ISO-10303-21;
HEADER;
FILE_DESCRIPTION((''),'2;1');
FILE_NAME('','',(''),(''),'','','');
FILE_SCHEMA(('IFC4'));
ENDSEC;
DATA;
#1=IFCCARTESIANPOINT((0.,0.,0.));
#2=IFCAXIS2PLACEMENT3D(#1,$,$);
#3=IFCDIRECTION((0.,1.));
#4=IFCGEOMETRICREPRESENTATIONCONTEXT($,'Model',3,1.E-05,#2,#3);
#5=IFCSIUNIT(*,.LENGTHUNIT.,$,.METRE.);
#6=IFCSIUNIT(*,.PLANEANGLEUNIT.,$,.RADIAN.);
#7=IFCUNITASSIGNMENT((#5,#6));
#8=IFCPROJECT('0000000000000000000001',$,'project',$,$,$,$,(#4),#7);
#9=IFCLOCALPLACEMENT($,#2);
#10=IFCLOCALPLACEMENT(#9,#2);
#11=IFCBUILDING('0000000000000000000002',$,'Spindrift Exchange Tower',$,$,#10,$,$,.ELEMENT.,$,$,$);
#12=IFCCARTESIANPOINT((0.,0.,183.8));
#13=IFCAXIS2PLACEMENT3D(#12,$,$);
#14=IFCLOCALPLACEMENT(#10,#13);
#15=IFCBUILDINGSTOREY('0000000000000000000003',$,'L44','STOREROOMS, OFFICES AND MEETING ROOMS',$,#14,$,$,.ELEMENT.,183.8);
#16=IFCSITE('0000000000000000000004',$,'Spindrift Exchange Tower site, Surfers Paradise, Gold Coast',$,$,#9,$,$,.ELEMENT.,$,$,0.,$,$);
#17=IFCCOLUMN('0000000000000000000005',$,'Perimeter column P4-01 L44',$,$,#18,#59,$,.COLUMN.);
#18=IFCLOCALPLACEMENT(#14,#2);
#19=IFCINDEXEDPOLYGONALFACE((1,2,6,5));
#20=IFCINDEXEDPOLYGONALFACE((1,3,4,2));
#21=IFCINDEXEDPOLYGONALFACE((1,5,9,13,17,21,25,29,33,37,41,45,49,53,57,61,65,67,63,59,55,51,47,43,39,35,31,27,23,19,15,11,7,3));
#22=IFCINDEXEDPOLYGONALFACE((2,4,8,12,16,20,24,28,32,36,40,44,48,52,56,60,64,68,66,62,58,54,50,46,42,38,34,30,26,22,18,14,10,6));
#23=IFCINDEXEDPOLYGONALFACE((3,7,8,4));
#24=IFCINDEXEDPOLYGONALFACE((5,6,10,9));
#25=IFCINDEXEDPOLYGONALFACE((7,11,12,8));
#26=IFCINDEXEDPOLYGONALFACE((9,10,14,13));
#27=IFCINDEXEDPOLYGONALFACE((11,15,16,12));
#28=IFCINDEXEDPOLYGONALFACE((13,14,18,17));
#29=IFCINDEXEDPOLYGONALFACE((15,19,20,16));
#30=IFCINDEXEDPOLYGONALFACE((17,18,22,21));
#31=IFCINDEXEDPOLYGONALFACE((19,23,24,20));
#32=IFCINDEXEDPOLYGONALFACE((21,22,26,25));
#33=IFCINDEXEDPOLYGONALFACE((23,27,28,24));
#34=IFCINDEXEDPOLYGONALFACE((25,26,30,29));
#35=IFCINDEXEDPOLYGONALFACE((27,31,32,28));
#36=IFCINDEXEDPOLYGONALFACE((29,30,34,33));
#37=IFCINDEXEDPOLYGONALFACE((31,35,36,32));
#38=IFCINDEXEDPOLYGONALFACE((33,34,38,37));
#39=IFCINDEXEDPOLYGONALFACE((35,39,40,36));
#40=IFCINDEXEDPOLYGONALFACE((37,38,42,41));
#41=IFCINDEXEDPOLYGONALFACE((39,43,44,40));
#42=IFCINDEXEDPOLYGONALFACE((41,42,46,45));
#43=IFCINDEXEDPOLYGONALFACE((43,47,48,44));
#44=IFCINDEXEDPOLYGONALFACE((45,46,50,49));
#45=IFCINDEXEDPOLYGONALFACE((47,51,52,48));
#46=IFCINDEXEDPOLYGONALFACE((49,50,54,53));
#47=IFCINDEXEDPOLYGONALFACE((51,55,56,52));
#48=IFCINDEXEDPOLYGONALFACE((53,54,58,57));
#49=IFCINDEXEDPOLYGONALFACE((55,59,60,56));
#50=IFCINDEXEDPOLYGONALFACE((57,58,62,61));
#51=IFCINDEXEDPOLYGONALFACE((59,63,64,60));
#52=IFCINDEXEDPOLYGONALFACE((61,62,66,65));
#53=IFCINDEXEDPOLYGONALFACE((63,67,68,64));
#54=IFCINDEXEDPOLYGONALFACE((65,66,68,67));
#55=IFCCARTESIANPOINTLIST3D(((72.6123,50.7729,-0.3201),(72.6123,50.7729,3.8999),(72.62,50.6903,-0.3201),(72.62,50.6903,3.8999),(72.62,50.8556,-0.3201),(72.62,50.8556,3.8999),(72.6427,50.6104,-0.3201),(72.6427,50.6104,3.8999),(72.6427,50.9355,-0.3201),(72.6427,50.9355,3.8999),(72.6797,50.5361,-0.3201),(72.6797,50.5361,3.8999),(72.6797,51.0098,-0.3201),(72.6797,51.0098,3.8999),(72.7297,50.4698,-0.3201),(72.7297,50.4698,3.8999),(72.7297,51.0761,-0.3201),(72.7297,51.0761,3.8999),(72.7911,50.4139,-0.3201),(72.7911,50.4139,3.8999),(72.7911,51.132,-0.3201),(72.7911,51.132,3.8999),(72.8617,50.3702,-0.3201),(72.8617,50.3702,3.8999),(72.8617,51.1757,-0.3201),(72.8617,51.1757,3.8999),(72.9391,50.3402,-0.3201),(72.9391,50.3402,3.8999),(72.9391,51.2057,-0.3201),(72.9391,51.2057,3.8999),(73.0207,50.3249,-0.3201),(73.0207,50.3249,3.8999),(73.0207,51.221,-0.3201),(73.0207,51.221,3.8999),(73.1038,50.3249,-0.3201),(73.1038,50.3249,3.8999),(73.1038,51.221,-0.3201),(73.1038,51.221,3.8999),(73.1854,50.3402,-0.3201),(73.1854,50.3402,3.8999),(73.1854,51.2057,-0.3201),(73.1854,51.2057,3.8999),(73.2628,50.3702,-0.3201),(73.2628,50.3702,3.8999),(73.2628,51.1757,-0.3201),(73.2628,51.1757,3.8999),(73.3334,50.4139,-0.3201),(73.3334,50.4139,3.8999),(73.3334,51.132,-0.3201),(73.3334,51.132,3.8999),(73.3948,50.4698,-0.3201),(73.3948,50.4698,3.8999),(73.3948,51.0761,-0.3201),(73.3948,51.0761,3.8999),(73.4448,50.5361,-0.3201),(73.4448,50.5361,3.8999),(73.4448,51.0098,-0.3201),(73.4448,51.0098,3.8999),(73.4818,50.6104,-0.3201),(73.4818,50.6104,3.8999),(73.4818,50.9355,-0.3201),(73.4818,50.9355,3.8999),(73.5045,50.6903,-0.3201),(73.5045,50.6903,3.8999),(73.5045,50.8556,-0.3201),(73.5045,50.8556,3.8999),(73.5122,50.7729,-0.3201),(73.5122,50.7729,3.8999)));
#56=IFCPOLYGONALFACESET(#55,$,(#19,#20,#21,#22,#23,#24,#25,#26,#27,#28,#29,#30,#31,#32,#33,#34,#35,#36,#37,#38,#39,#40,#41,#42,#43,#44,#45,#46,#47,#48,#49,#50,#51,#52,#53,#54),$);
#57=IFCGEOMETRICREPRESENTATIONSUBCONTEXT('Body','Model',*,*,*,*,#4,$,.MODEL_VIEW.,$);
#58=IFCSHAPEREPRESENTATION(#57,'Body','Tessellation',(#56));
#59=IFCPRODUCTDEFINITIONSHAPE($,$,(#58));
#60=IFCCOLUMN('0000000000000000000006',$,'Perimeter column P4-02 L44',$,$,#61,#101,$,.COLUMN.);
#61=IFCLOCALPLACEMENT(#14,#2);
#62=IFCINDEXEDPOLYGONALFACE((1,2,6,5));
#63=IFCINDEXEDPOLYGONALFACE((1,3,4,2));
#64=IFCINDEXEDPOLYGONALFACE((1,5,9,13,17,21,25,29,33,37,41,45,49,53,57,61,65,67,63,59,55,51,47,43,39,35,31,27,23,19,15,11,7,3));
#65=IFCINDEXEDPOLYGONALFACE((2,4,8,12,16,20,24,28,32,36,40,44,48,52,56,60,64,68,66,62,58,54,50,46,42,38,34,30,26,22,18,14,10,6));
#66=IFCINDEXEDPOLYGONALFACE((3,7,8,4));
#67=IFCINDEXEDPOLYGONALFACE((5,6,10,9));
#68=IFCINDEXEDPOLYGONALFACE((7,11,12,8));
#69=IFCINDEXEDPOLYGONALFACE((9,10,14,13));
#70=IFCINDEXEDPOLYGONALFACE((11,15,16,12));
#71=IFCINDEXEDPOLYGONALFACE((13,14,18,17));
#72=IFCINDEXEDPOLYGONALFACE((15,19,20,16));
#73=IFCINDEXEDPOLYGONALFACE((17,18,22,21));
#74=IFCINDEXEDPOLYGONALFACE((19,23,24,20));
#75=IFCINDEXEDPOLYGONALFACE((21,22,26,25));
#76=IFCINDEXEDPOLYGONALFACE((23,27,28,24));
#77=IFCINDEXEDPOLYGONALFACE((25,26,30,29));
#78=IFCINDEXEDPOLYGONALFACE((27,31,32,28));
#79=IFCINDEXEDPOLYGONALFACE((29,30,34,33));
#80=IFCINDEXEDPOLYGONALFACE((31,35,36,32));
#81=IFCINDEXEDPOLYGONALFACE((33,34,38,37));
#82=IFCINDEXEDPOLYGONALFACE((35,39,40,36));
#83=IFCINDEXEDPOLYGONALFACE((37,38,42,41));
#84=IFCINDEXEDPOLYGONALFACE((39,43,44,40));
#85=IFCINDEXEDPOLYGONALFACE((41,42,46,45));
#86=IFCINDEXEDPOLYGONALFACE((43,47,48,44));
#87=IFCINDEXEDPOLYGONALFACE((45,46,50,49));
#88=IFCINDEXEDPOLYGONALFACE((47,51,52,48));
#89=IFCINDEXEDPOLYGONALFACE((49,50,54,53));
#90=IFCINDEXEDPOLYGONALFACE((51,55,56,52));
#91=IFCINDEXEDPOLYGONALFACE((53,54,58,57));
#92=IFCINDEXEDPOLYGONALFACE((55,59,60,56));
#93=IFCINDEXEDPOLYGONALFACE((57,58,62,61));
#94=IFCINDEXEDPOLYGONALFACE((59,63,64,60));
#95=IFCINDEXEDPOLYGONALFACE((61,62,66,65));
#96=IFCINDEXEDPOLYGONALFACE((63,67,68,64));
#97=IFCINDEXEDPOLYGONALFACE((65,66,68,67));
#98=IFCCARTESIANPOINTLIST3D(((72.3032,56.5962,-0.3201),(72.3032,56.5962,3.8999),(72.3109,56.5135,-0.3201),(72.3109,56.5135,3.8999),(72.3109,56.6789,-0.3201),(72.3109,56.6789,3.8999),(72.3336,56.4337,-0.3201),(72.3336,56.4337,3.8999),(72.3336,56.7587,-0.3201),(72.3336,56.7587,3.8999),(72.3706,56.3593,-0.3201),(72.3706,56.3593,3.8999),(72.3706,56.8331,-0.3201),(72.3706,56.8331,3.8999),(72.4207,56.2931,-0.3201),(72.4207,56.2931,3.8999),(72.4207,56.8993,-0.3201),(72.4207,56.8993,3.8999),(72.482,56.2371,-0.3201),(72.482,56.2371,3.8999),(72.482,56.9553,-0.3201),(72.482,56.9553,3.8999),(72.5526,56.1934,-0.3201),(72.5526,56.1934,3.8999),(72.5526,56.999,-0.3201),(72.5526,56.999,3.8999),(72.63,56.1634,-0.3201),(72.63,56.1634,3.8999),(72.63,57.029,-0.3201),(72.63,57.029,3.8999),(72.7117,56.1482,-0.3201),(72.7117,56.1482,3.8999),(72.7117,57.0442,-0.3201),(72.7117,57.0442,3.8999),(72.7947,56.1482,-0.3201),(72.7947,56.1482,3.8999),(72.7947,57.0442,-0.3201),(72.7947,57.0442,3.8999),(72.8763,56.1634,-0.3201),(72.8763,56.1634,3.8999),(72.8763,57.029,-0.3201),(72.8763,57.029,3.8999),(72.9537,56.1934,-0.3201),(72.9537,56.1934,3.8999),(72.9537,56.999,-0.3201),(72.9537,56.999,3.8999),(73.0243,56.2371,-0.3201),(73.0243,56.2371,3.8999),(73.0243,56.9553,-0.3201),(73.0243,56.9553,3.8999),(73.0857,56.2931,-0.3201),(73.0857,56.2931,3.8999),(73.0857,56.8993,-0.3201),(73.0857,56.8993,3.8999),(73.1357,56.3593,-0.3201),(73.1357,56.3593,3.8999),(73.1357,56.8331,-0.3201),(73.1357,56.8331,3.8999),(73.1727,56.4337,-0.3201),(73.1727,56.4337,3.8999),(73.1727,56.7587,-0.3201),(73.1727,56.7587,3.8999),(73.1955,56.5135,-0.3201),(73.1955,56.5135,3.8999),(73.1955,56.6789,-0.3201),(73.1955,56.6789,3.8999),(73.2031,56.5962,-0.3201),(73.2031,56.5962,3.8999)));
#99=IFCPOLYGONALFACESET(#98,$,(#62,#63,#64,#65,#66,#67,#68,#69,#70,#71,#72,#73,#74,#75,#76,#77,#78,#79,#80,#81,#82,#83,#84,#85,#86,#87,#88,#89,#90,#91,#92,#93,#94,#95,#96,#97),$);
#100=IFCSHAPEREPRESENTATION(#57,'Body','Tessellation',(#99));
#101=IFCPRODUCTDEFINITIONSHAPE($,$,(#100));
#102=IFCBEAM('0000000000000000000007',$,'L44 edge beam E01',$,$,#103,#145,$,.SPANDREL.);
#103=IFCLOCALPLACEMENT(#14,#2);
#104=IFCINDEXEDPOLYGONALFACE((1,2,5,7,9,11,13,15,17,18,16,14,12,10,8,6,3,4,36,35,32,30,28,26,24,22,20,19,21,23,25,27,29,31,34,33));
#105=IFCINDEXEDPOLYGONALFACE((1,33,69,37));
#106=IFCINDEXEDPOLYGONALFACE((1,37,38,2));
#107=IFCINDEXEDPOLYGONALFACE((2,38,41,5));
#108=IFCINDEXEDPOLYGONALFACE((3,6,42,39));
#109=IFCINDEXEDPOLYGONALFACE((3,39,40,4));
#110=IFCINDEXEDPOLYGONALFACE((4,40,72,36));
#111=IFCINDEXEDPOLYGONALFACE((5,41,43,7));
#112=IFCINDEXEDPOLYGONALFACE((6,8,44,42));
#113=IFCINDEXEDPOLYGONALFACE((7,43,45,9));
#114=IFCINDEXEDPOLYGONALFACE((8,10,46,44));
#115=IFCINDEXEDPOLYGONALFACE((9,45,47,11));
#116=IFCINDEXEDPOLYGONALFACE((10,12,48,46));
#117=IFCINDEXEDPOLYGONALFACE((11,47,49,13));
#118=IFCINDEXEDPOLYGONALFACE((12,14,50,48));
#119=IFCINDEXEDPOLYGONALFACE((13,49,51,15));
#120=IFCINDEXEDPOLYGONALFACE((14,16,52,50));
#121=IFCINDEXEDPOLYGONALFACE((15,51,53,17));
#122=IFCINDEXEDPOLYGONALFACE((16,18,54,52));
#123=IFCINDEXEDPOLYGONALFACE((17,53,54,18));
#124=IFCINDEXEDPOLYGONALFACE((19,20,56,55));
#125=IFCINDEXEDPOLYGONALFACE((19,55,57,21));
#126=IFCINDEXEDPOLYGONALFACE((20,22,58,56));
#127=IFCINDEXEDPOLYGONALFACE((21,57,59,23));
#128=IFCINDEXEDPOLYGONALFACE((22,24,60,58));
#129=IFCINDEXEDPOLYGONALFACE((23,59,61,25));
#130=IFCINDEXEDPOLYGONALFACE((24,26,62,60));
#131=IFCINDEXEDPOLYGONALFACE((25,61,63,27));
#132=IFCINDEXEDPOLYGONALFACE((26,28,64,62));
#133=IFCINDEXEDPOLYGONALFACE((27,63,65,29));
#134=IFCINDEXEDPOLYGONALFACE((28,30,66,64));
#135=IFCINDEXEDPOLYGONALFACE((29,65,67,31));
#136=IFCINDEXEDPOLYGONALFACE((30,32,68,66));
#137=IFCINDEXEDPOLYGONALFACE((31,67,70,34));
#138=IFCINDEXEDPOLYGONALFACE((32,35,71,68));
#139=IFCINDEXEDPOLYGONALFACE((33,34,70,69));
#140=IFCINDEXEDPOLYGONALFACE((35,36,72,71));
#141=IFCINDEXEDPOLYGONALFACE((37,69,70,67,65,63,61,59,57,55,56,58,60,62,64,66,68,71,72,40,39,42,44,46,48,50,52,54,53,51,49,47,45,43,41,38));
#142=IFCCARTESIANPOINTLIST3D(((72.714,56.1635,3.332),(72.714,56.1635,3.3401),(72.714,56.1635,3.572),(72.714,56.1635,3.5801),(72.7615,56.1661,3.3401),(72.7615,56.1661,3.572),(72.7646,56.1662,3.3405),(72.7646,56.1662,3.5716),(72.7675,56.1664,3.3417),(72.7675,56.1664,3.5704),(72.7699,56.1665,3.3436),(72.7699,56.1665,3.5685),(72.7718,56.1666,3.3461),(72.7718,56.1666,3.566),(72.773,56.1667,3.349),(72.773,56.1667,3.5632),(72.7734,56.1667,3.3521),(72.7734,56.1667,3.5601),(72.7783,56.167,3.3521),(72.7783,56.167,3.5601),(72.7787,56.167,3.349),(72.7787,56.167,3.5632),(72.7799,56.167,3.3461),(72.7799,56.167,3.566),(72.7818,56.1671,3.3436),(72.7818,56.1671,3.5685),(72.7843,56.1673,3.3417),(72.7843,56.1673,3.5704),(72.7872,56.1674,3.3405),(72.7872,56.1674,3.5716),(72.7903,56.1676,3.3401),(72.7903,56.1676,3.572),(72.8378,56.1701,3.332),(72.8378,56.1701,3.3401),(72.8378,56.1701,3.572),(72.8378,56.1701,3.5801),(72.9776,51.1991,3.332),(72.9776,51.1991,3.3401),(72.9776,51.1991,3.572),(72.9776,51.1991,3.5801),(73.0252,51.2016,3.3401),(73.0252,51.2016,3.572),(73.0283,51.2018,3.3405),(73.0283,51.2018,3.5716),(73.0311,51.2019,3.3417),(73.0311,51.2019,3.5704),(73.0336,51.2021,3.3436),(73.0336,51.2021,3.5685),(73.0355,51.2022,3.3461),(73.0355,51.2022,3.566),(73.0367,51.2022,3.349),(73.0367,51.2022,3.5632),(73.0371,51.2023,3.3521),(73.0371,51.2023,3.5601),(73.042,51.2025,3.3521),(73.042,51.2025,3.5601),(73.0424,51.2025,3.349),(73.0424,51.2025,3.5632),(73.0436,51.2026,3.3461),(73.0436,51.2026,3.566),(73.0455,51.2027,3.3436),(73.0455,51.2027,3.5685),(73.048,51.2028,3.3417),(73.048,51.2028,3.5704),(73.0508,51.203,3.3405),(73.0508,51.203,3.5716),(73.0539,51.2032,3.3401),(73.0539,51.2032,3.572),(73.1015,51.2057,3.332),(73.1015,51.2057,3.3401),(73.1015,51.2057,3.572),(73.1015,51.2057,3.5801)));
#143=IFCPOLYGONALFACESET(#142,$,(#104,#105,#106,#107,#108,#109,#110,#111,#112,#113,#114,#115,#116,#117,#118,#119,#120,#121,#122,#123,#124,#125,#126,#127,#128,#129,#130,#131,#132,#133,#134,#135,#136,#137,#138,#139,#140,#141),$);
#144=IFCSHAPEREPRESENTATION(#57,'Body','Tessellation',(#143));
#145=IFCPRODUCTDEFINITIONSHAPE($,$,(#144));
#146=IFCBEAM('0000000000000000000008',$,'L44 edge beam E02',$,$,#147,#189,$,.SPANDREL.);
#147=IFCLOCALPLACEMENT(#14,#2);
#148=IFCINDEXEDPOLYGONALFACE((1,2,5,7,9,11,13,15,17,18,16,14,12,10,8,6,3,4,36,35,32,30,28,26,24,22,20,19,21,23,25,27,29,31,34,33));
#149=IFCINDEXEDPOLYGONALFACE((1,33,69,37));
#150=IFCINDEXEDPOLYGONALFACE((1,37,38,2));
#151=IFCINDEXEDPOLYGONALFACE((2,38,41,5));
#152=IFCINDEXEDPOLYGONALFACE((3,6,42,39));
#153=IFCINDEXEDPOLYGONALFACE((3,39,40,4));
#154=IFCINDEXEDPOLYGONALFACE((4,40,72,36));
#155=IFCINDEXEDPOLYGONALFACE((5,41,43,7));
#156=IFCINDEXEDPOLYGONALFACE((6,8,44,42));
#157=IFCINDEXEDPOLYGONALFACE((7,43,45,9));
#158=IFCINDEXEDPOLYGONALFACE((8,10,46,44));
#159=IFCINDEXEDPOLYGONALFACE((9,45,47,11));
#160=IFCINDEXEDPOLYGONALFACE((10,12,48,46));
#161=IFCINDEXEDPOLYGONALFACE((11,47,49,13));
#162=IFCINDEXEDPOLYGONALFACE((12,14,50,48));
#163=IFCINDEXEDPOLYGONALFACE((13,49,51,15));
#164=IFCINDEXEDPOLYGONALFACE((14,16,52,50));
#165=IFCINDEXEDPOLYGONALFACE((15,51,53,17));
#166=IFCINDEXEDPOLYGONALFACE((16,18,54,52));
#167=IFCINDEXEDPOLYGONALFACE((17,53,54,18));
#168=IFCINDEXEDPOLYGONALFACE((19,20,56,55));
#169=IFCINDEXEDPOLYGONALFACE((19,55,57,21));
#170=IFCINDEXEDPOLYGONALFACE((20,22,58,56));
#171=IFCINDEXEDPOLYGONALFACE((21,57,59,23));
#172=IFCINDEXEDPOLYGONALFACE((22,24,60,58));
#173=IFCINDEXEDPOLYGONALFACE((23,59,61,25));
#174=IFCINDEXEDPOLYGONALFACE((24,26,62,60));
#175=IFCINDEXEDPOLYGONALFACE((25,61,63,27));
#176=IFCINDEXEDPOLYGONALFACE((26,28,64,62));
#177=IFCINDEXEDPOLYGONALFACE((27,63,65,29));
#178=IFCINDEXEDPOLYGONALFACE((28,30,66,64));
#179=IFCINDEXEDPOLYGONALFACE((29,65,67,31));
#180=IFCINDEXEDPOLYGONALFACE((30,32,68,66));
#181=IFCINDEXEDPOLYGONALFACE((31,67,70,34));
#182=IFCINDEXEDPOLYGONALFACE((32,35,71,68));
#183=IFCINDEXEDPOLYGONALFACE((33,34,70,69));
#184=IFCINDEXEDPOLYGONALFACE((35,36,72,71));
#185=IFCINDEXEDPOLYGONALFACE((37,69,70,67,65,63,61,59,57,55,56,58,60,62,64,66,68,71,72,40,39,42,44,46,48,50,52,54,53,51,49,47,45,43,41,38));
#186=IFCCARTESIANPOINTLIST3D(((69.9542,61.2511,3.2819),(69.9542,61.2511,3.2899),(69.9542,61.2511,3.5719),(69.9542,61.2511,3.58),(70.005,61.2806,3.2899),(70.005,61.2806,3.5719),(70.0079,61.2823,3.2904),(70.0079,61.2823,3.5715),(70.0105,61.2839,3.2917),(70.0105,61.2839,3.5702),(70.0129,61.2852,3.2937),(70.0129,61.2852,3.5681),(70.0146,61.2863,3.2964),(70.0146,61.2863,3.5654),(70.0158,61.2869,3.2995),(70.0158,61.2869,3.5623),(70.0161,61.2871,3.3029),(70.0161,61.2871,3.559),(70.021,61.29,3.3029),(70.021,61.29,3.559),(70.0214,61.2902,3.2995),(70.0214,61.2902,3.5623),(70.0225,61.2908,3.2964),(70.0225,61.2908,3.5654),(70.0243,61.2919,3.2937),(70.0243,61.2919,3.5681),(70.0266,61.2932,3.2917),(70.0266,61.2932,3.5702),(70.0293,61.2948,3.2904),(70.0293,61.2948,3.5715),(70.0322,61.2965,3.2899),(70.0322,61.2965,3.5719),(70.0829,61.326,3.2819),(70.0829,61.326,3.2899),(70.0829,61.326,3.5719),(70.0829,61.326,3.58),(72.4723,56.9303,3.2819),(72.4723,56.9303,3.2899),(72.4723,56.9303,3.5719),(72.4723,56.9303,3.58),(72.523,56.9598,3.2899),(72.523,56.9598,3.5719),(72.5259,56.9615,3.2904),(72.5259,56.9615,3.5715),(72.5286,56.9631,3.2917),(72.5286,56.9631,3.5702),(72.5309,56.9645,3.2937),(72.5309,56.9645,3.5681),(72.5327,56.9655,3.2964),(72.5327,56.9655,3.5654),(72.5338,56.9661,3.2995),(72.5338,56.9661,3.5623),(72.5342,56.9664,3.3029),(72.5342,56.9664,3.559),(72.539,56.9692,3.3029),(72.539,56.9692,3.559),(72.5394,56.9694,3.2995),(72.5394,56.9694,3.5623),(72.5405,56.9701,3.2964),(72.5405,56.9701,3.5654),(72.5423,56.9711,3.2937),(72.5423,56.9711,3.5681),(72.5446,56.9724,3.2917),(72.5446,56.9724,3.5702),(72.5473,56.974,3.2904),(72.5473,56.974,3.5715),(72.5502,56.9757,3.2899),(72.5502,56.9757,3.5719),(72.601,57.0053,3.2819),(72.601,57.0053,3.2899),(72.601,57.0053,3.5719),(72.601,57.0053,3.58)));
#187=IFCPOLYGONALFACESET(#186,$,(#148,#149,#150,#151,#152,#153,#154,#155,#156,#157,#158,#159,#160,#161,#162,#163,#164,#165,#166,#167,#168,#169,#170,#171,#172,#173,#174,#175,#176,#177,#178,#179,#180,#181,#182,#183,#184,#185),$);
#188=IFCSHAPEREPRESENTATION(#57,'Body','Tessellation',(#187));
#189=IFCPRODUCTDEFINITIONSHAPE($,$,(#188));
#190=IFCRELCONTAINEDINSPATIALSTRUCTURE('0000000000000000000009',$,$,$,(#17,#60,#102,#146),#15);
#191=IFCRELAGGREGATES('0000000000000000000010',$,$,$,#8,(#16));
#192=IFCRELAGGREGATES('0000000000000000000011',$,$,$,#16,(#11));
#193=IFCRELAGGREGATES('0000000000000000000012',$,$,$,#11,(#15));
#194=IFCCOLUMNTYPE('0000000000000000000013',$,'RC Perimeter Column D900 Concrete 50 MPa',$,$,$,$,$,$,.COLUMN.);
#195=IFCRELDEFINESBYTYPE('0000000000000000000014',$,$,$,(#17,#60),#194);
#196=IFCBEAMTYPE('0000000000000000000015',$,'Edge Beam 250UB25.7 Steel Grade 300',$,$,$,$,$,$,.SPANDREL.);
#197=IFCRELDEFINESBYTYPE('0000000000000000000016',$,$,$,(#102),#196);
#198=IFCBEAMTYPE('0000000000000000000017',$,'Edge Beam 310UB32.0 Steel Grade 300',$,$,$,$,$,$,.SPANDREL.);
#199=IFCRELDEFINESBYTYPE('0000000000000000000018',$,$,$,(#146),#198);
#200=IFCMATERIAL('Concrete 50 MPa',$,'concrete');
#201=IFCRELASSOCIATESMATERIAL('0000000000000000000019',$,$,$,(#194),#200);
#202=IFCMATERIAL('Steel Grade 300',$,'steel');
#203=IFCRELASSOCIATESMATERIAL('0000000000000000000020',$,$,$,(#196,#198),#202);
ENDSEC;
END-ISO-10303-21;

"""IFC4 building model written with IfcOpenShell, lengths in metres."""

from ifc_helpers import new_model, si_unit, direction, frame, origin, origin_2d, place, context, subcontext, project, spatial, circle, i_section, extrude, source, transform, mapped, material, material_profile, profile_set, type_object, element, save


model = new_model("IFC4")

# Units and contexts
model_context = context("Model", 3, precision=1e-05, world=origin(), true_north=direction((0.0, 1.0)))
body_context = subcontext(model_context, "Body", "Model", "MODEL_VIEW")
ifc_project = project(units=[si_unit("LENGTHUNIT", "METRE"), si_unit("PLANEANGLEUNIT", "RADIAN")], contexts=[model_context])

# Site, building, storey
site_placement = place(None, origin())
site = spatial("IfcSite", under=ifc_project, at=site_placement, Name="Spindrift Exchange Tower site, Surfers Paradise, Gold Coast", CompositionType="ELEMENT", RefElevation=0.0)
building_placement = place(site_placement, origin())
building = spatial("IfcBuilding", under=site, at=building_placement, Name="Spindrift Exchange Tower", CompositionType="ELEMENT")
storey_placement = place(building_placement, frame((0.0, 0.0, 183.8)))
storey = spatial("IfcBuildingStorey", under=building, at=storey_placement, Name="L44", Description="STOREROOMS, OFFICES AND MEETING ROOMS", CompositionType="ELEMENT", Elevation=183.8)

# Columns
ifc_material_1 = material(Name="Concrete 50 MPa", Category="concrete")
ifc_material_profile_1 = material_profile(ifc_material_1, circle(Radius=0.45, at=origin_2d()), Name="RC D900")
ifc_profile_set_1 = profile_set([ifc_material_profile_1], Name="Concrete 50 MPa")
column_type = type_object("IfcColumnType", Name="RC Perimeter Column D900 Concrete 50 MPa", PredefinedType="COLUMN", material=ifc_profile_set_1)
shared_shape_1 = source(origin(), body_context, "Body", "SweptSolid", [
    extrude(circle(Radius=0.45, at=origin_2d()), origin(), (0.0, 0.0, 1.0), 4.22),
])
for number, where, z_axis, x_axis, name in (
    (1, (73.0623, 50.7729, -0.3201), (0.0, 0.0, 1.0), (1.0, 0.0, 0.0), "Perimeter column P4-01 L44"),
    (2, (72.7532, 56.5962, -0.3201), (0.0, 0.0, 1.0), (1.0, 0.0, 0.0), "Perimeter column P4-02 L44"),
):
    element("IfcColumn", number, at=place(storey_placement, frame(where, z_axis=z_axis, x_axis=x_axis)), inside=storey, type_object=column_type, Name=name, PredefinedType="COLUMN", context=body_context, shape_type="MappedRepresentation", body=[
        mapped(shared_shape_1, transform((0.0, 0.0, 0.0), scale=1.0)),
    ])

# Beams
ifc_material_2 = material(Name="Steel Grade 300", Category="steel")
ifc_material_profile_2 = material_profile(ifc_material_2, i_section(OverallWidth=0.124, OverallDepth=0.248, WebThickness=0.0049, FlangeThickness=0.0081, FilletRadius=0.012, at=origin_2d()), Name="250UB25.7")
ifc_profile_set_2 = profile_set([ifc_material_profile_2], Name="Steel Grade 300")
beam_type_1 = type_object("IfcBeamType", Name="Edge Beam 250UB25.7 Steel Grade 300", PredefinedType="SPANDREL", material=ifc_profile_set_2)
shared_shape_2 = source(origin(), body_context, "Body", "SweptSolid", [
    extrude(i_section(OverallWidth=0.124, OverallDepth=0.248, WebThickness=0.0049, FlangeThickness=0.0081, FilletRadius=0.012, at=origin_2d()), origin(), (0.0, 0.0, 1.0), 4.9714),
])
beam_1_placement = place(storey_placement, frame((73.0396, 51.2024, 3.4561), z_axis=(-0.053038, 0.998592, 0.0), x_axis=(-0.998592, -0.053038, 0.0)))
element("IfcBeam", 3, at=beam_1_placement, inside=storey, type_object=beam_type_1, Name="L44 edge beam E01", PredefinedType="SPANDREL", context=body_context, shape_type="MappedRepresentation", body=[
    mapped(shared_shape_2, transform((0.0, 0.0, 0.0), scale=1.0)),
])
ifc_material_profile_3 = material_profile(ifc_material_2, i_section(OverallWidth=0.1489, OverallDepth=0.2981, WebThickness=0.0056, FlangeThickness=0.0081, FilletRadius=0.0129, at=origin_2d()), Name="310UB32.0")
ifc_profile_set_3 = profile_set([ifc_material_profile_3], Name="Steel Grade 300")
beam_type_2 = type_object("IfcBeamType", Name="Edge Beam 310UB32.0 Steel Grade 300", PredefinedType="SPANDREL", material=ifc_profile_set_3)
shared_shape_3 = source(origin(), body_context, "Body", "SweptSolid", [
    extrude(i_section(OverallWidth=0.1489, OverallDepth=0.2981, WebThickness=0.0056, FlangeThickness=0.0081, FilletRadius=0.0129, at=origin_2d()), origin(), (0.0, 0.0, 1.0), 5.001),
])
beam_2_placement = place(storey_placement, frame((72.5366, 56.9678, 3.4309), z_axis=(-0.503513, 0.863988, 0.0), x_axis=(-0.863988, -0.503513, 0.0)))
element("IfcBeam", 4, at=beam_2_placement, inside=storey, type_object=beam_type_2, Name="L44 edge beam E02", PredefinedType="SPANDREL", context=body_context, shape_type="MappedRepresentation", body=[
    mapped(shared_shape_3, transform((0.0, 0.0, 0.0), scale=1.0)),
])

save(model, "model.ifc")
